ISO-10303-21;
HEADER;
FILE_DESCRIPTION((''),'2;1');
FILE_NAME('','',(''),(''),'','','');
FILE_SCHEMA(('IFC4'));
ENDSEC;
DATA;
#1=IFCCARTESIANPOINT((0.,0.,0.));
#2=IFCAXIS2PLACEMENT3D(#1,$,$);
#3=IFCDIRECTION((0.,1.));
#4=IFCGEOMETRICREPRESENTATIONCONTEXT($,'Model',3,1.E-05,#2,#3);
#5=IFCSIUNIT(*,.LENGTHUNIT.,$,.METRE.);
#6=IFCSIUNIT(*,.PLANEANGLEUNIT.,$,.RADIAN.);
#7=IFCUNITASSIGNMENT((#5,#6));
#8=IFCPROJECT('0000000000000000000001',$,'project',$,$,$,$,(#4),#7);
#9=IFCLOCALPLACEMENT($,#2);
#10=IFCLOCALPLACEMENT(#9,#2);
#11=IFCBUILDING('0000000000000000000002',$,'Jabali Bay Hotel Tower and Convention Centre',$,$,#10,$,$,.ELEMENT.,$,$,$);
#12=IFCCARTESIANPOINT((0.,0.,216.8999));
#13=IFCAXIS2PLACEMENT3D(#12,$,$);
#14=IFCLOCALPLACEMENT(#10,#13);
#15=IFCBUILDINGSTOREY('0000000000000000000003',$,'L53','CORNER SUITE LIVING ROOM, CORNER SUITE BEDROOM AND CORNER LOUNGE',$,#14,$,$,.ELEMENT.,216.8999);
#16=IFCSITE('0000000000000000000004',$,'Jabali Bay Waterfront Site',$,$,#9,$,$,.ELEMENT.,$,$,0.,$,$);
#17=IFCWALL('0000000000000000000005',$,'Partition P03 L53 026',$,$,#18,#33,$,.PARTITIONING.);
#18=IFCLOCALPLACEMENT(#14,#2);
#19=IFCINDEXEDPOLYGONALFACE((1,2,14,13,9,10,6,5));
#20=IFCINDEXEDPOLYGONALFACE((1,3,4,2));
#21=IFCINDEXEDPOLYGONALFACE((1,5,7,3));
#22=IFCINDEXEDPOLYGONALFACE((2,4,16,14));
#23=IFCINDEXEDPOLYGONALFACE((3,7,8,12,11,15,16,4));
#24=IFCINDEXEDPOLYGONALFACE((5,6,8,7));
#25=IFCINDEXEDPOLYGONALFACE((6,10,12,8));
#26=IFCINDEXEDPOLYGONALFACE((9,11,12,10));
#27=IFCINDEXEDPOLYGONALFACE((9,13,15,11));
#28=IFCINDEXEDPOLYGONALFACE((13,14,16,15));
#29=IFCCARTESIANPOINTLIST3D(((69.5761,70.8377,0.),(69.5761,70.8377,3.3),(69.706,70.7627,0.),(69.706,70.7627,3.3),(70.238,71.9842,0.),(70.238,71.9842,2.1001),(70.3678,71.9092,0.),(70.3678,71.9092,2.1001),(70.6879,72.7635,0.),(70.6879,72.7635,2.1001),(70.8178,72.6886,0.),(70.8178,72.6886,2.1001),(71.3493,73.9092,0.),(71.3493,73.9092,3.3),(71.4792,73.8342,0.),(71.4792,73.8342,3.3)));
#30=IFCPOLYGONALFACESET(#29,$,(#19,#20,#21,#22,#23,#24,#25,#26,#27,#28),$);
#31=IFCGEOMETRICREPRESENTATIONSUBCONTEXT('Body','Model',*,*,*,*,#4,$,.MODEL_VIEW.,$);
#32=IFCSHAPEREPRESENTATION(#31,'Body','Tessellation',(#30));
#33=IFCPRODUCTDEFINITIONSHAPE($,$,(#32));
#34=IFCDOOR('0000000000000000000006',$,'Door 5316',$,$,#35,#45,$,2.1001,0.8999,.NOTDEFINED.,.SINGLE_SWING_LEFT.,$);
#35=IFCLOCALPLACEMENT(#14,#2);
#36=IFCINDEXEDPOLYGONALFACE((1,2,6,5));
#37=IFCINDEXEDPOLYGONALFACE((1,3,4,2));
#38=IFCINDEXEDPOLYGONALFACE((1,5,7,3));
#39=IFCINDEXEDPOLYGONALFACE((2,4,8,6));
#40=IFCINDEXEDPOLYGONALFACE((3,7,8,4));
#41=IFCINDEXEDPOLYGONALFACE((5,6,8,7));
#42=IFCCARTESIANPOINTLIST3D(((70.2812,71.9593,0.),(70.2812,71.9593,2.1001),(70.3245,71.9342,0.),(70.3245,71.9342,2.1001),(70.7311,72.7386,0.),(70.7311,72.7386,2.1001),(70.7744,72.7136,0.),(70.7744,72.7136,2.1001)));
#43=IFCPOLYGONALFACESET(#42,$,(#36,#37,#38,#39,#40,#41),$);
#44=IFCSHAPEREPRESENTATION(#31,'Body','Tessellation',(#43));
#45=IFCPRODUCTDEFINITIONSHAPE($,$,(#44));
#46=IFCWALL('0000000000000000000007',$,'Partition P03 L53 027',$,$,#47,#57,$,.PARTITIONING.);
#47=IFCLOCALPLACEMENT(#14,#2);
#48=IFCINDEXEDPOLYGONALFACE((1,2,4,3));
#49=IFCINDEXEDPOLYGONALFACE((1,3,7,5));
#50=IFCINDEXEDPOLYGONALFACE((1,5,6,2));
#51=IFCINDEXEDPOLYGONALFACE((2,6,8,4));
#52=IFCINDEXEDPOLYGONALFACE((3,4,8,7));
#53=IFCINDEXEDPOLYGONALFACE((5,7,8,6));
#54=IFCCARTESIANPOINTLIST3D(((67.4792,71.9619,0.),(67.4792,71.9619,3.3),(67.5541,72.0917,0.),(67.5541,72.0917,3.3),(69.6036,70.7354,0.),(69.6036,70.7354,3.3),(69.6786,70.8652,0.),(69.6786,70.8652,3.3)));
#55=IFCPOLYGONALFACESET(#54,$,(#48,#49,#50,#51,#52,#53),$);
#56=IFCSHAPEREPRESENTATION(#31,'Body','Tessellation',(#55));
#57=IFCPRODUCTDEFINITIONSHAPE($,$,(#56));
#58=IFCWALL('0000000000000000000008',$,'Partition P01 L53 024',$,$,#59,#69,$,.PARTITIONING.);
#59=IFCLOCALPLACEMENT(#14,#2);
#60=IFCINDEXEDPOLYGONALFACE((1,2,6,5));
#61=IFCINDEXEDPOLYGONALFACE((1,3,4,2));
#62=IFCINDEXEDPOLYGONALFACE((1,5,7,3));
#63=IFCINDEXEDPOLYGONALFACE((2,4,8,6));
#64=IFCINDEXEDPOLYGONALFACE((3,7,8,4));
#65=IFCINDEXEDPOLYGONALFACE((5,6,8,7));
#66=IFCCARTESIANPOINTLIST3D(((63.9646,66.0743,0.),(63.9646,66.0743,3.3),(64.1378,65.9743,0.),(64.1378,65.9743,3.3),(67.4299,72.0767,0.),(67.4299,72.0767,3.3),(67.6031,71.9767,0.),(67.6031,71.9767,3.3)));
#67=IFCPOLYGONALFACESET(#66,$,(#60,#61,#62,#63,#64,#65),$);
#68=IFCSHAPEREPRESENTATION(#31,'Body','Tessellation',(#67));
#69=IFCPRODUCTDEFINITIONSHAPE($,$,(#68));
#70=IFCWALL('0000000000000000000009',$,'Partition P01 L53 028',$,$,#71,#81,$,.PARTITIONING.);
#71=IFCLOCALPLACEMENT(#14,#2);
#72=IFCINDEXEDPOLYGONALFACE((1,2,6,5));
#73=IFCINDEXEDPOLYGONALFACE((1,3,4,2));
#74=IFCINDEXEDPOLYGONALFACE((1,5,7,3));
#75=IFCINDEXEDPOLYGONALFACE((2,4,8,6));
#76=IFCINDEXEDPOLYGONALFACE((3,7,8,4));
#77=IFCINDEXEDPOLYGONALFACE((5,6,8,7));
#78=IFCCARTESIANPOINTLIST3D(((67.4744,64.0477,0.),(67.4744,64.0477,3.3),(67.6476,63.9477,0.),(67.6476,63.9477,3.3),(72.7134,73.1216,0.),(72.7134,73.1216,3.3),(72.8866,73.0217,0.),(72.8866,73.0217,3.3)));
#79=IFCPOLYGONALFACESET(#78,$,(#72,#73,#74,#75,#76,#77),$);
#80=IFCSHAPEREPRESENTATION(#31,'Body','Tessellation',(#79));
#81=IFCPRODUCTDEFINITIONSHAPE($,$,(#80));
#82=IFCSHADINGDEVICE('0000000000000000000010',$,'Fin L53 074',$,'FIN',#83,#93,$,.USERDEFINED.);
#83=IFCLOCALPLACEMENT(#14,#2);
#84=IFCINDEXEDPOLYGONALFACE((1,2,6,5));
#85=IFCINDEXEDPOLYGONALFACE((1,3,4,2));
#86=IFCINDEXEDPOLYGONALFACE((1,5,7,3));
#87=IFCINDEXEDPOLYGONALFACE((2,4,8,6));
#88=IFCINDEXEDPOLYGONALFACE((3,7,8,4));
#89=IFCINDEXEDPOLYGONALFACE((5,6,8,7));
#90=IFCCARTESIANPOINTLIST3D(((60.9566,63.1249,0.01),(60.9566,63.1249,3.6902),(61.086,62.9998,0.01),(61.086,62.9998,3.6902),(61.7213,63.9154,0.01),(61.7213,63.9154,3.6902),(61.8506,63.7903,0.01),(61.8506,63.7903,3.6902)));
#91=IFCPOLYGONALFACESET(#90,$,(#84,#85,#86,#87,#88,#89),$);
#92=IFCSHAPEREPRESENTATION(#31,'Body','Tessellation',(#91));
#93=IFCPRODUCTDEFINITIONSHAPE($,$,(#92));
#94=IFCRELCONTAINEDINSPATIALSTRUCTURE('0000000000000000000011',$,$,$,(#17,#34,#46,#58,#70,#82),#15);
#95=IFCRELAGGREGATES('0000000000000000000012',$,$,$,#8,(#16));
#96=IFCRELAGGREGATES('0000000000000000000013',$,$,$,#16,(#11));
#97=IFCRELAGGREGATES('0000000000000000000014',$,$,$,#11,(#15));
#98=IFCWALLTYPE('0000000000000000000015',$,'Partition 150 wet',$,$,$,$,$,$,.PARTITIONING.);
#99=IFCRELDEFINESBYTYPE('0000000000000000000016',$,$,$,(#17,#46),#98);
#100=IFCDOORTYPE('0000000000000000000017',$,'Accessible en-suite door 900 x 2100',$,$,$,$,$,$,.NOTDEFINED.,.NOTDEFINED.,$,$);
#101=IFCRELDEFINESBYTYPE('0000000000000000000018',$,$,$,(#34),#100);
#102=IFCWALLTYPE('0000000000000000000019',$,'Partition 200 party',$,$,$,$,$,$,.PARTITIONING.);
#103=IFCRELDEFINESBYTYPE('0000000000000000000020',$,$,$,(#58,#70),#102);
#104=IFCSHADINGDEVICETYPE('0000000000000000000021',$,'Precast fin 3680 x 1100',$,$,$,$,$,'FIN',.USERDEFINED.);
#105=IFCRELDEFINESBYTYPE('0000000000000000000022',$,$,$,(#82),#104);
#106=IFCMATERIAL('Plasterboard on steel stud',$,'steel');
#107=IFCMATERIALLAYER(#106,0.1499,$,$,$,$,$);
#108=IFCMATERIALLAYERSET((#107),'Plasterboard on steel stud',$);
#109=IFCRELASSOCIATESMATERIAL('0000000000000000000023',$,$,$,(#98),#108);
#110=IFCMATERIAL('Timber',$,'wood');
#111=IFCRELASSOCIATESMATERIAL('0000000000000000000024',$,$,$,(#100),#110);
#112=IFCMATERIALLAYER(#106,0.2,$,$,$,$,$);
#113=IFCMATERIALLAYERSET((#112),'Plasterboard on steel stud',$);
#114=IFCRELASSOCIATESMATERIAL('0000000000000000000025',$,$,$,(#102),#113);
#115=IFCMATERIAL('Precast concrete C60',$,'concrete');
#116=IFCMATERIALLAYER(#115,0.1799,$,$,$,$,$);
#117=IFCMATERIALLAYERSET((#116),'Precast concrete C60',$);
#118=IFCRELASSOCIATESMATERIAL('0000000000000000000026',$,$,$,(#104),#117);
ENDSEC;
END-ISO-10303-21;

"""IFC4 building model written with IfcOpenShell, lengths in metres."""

from ifc_helpers import new_model, si_unit, direction, frame, frame_2d, origin, place, context, subcontext, project, spatial, rectangle, extrude, material, layer, layer_set, type_object, element, fill, save


model = new_model("IFC4")

# Units and contexts
model_context = context("Model", 3, precision=1e-05, world=origin(), true_north=direction((0.0, 1.0)))
body_context = subcontext(model_context, "Body", "Model", "MODEL_VIEW")
ifc_project = project(units=[si_unit("LENGTHUNIT", "METRE"), si_unit("PLANEANGLEUNIT", "RADIAN")], contexts=[model_context])

# Site, building, storey
site_placement = place(None, origin())
site = spatial("IfcSite", under=ifc_project, at=site_placement, Name="Jabali Bay Waterfront Site", CompositionType="ELEMENT", RefElevation=0.0)
building_placement = place(site_placement, origin())
building = spatial("IfcBuilding", under=site, at=building_placement, Name="Jabali Bay Hotel Tower and Convention Centre", CompositionType="ELEMENT")
storey_placement = place(building_placement, frame((0.0, 0.0, 216.8999)))
storey = spatial("IfcBuildingStorey", under=building, at=storey_placement, Name="L53", Description="CORNER SUITE LIVING ROOM, CORNER SUITE BEDROOM AND CORNER LOUNGE", CompositionType="ELEMENT", Elevation=216.8999)

# Shared definitions
ifc_material_1 = material(Name="Timber", Category="wood")

# Shared definitions
ifc_material_2 = material(Name="Plasterboard on steel stud", Category="steel")
ifc_layer_1 = layer(ifc_material_2, 0.1499)
ifc_layer_set_1 = layer_set([ifc_layer_1], Name="Plasterboard on steel stud")
wall_type_1 = type_object("IfcWallType", Name="Partition 150 wet", PredefinedType="PARTITIONING", material=ifc_layer_set_1)

# Wall, opening, door
wall_1_placement = place(storey_placement, frame((71.4143, 73.8718, 0.0), z_axis=(0.0, 0.0, 1.0), x_axis=(-0.499967, -0.866045, 0.0)))
wall_1 = element("IfcWall", 1, at=wall_1_placement, inside=storey, type_object=wall_type_1, Name="Partition P03 L53 026", PredefinedType="PARTITIONING", context=body_context, shape_type="SweptSolid", body=[
    extrude(rectangle(XDim=3.5466, YDim=0.1499, at=frame_2d((1.7734, 0.0))), origin(), (0.0, 0.0, 1.0), 3.3),
])
opening_1_placement = place(wall_1_placement, frame((1.323, 0.0, 0.0)))
opening_1 = element("IfcOpeningElement", 2, at=opening_1_placement, cuts=wall_1, PredefinedType="OPENING", context=body_context, shape_type="SweptSolid", body=[
    extrude(rectangle(XDim=0.8999, YDim=2.1001, at=frame_2d((0.45, 1.05))), frame((0.0, 0.0854, 0.0), z_axis=(0.0, -1.0, 0.0), x_axis=(1.0, 0.0, 0.0)), (0.0, 0.0, 1.0), 0.1709),
])
door_type_1 = type_object("IfcDoorType", Name="Accessible en-suite door 900 x 2100", OperationType="NOTDEFINED", PredefinedType="NOTDEFINED", material=ifc_material_1)
door_1_placement = place(opening_1_placement, origin())
door_1 = element("IfcDoor", 3, at=door_1_placement, inside=storey, type_object=door_type_1, Name="Door 5316", OperationType="SINGLE_SWING_LEFT", OverallHeight=2.1001, OverallWidth=0.8999, PredefinedType="NOTDEFINED", context=body_context, shape_type="SweptSolid", body=[
    extrude(rectangle(XDim=0.8999, YDim=2.1001, at=frame_2d((0.45, 1.05))), frame((0.0, 0.0249, 0.0), z_axis=(0.0, -1.0, 0.0), x_axis=(1.0, 0.0, 0.0)), (0.0, 0.0, 1.0), 0.05),
])
fill(opening_1, door_1)

# Walls
wall_2_placement = place(storey_placement, frame((69.6411, 70.8003, 0.0), z_axis=(0.0, 0.0, 1.0), x_axis=(-0.86603, 0.499992, 0.0)))
element("IfcWall", 4, at=wall_2_placement, inside=storey, type_object=wall_type_1, Name="Partition P03 L53 027", PredefinedType="PARTITIONING", context=body_context, shape_type="SweptSolid", body=[
    extrude(rectangle(XDim=2.4531, YDim=0.1499, at=frame_2d((1.2266, 0.0))), origin(), (0.0, 0.0, 1.0), 3.3),
])
ifc_layer_2 = layer(ifc_material_2, 0.2)
ifc_layer_set_2 = layer_set([ifc_layer_2], Name="Plasterboard on steel stud")
wall_type_2 = type_object("IfcWallType", Name="Partition 200 party", PredefinedType="PARTITIONING", material=ifc_layer_set_2)
wall_3_placement = place(storey_placement, frame((64.0513, 66.0244, 0.0), z_axis=(0.0, 0.0, 1.0), x_axis=(0.499981, 0.866037, 0.0)))
element("IfcWall", 5, at=wall_3_placement, inside=storey, type_object=wall_type_2, Name="Partition P01 L53 024", PredefinedType="PARTITIONING", context=body_context, shape_type="SweptSolid", body=[
    extrude(rectangle(XDim=6.9309, YDim=0.2, at=frame_2d((3.4653, 0.0))), origin(), (0.0, 0.0, 1.0), 3.3),
])
wall_4_placement = place(storey_placement, frame((67.561, 63.9978, 0.0), z_axis=(0.0, 0.0, 1.0), x_axis=(0.500011, 0.866019, 0.0)))
element("IfcWall", 6, at=wall_4_placement, inside=storey, type_object=wall_type_2, Name="Partition P01 L53 028", PredefinedType="PARTITIONING", context=body_context, shape_type="SweptSolid", body=[
    extrude(rectangle(XDim=10.4778, YDim=0.2, at=frame_2d((5.2388, 0.0))), origin(), (0.0, 0.0, 1.0), 3.3),
])

# Shading device
ifc_material_3 = material(Name="Precast concrete C60", Category="concrete")
ifc_layer_3 = layer(ifc_material_3, 0.1799)
ifc_layer_set_3 = layer_set([ifc_layer_3], Name="Precast concrete C60")
shading_device_type = type_object("IfcShadingDeviceType", Name="Precast fin 3680 x 1100", ElementType="FIN", PredefinedType="USERDEFINED", material=ifc_layer_set_3)
shading_device_placement = place(storey_placement, frame((61.7859, 63.8528, 0.01), z_axis=(0.0, 0.0, 1.0), x_axis=(-0.695244, -0.718774, 0.0)))
element("IfcShadingDevice", 7, at=shading_device_placement, inside=storey, type_object=shading_device_type, Name="Fin L53 074", ObjectType="FIN", PredefinedType="USERDEFINED", context=body_context, shape_type="SweptSolid", body=[
    extrude(rectangle(XDim=1.0999, YDim=0.1799, at=frame_2d((0.5498, 0.0))), origin(), (0.0, 0.0, 1.0), 3.6802),
])

save(model, "model.ifc")
